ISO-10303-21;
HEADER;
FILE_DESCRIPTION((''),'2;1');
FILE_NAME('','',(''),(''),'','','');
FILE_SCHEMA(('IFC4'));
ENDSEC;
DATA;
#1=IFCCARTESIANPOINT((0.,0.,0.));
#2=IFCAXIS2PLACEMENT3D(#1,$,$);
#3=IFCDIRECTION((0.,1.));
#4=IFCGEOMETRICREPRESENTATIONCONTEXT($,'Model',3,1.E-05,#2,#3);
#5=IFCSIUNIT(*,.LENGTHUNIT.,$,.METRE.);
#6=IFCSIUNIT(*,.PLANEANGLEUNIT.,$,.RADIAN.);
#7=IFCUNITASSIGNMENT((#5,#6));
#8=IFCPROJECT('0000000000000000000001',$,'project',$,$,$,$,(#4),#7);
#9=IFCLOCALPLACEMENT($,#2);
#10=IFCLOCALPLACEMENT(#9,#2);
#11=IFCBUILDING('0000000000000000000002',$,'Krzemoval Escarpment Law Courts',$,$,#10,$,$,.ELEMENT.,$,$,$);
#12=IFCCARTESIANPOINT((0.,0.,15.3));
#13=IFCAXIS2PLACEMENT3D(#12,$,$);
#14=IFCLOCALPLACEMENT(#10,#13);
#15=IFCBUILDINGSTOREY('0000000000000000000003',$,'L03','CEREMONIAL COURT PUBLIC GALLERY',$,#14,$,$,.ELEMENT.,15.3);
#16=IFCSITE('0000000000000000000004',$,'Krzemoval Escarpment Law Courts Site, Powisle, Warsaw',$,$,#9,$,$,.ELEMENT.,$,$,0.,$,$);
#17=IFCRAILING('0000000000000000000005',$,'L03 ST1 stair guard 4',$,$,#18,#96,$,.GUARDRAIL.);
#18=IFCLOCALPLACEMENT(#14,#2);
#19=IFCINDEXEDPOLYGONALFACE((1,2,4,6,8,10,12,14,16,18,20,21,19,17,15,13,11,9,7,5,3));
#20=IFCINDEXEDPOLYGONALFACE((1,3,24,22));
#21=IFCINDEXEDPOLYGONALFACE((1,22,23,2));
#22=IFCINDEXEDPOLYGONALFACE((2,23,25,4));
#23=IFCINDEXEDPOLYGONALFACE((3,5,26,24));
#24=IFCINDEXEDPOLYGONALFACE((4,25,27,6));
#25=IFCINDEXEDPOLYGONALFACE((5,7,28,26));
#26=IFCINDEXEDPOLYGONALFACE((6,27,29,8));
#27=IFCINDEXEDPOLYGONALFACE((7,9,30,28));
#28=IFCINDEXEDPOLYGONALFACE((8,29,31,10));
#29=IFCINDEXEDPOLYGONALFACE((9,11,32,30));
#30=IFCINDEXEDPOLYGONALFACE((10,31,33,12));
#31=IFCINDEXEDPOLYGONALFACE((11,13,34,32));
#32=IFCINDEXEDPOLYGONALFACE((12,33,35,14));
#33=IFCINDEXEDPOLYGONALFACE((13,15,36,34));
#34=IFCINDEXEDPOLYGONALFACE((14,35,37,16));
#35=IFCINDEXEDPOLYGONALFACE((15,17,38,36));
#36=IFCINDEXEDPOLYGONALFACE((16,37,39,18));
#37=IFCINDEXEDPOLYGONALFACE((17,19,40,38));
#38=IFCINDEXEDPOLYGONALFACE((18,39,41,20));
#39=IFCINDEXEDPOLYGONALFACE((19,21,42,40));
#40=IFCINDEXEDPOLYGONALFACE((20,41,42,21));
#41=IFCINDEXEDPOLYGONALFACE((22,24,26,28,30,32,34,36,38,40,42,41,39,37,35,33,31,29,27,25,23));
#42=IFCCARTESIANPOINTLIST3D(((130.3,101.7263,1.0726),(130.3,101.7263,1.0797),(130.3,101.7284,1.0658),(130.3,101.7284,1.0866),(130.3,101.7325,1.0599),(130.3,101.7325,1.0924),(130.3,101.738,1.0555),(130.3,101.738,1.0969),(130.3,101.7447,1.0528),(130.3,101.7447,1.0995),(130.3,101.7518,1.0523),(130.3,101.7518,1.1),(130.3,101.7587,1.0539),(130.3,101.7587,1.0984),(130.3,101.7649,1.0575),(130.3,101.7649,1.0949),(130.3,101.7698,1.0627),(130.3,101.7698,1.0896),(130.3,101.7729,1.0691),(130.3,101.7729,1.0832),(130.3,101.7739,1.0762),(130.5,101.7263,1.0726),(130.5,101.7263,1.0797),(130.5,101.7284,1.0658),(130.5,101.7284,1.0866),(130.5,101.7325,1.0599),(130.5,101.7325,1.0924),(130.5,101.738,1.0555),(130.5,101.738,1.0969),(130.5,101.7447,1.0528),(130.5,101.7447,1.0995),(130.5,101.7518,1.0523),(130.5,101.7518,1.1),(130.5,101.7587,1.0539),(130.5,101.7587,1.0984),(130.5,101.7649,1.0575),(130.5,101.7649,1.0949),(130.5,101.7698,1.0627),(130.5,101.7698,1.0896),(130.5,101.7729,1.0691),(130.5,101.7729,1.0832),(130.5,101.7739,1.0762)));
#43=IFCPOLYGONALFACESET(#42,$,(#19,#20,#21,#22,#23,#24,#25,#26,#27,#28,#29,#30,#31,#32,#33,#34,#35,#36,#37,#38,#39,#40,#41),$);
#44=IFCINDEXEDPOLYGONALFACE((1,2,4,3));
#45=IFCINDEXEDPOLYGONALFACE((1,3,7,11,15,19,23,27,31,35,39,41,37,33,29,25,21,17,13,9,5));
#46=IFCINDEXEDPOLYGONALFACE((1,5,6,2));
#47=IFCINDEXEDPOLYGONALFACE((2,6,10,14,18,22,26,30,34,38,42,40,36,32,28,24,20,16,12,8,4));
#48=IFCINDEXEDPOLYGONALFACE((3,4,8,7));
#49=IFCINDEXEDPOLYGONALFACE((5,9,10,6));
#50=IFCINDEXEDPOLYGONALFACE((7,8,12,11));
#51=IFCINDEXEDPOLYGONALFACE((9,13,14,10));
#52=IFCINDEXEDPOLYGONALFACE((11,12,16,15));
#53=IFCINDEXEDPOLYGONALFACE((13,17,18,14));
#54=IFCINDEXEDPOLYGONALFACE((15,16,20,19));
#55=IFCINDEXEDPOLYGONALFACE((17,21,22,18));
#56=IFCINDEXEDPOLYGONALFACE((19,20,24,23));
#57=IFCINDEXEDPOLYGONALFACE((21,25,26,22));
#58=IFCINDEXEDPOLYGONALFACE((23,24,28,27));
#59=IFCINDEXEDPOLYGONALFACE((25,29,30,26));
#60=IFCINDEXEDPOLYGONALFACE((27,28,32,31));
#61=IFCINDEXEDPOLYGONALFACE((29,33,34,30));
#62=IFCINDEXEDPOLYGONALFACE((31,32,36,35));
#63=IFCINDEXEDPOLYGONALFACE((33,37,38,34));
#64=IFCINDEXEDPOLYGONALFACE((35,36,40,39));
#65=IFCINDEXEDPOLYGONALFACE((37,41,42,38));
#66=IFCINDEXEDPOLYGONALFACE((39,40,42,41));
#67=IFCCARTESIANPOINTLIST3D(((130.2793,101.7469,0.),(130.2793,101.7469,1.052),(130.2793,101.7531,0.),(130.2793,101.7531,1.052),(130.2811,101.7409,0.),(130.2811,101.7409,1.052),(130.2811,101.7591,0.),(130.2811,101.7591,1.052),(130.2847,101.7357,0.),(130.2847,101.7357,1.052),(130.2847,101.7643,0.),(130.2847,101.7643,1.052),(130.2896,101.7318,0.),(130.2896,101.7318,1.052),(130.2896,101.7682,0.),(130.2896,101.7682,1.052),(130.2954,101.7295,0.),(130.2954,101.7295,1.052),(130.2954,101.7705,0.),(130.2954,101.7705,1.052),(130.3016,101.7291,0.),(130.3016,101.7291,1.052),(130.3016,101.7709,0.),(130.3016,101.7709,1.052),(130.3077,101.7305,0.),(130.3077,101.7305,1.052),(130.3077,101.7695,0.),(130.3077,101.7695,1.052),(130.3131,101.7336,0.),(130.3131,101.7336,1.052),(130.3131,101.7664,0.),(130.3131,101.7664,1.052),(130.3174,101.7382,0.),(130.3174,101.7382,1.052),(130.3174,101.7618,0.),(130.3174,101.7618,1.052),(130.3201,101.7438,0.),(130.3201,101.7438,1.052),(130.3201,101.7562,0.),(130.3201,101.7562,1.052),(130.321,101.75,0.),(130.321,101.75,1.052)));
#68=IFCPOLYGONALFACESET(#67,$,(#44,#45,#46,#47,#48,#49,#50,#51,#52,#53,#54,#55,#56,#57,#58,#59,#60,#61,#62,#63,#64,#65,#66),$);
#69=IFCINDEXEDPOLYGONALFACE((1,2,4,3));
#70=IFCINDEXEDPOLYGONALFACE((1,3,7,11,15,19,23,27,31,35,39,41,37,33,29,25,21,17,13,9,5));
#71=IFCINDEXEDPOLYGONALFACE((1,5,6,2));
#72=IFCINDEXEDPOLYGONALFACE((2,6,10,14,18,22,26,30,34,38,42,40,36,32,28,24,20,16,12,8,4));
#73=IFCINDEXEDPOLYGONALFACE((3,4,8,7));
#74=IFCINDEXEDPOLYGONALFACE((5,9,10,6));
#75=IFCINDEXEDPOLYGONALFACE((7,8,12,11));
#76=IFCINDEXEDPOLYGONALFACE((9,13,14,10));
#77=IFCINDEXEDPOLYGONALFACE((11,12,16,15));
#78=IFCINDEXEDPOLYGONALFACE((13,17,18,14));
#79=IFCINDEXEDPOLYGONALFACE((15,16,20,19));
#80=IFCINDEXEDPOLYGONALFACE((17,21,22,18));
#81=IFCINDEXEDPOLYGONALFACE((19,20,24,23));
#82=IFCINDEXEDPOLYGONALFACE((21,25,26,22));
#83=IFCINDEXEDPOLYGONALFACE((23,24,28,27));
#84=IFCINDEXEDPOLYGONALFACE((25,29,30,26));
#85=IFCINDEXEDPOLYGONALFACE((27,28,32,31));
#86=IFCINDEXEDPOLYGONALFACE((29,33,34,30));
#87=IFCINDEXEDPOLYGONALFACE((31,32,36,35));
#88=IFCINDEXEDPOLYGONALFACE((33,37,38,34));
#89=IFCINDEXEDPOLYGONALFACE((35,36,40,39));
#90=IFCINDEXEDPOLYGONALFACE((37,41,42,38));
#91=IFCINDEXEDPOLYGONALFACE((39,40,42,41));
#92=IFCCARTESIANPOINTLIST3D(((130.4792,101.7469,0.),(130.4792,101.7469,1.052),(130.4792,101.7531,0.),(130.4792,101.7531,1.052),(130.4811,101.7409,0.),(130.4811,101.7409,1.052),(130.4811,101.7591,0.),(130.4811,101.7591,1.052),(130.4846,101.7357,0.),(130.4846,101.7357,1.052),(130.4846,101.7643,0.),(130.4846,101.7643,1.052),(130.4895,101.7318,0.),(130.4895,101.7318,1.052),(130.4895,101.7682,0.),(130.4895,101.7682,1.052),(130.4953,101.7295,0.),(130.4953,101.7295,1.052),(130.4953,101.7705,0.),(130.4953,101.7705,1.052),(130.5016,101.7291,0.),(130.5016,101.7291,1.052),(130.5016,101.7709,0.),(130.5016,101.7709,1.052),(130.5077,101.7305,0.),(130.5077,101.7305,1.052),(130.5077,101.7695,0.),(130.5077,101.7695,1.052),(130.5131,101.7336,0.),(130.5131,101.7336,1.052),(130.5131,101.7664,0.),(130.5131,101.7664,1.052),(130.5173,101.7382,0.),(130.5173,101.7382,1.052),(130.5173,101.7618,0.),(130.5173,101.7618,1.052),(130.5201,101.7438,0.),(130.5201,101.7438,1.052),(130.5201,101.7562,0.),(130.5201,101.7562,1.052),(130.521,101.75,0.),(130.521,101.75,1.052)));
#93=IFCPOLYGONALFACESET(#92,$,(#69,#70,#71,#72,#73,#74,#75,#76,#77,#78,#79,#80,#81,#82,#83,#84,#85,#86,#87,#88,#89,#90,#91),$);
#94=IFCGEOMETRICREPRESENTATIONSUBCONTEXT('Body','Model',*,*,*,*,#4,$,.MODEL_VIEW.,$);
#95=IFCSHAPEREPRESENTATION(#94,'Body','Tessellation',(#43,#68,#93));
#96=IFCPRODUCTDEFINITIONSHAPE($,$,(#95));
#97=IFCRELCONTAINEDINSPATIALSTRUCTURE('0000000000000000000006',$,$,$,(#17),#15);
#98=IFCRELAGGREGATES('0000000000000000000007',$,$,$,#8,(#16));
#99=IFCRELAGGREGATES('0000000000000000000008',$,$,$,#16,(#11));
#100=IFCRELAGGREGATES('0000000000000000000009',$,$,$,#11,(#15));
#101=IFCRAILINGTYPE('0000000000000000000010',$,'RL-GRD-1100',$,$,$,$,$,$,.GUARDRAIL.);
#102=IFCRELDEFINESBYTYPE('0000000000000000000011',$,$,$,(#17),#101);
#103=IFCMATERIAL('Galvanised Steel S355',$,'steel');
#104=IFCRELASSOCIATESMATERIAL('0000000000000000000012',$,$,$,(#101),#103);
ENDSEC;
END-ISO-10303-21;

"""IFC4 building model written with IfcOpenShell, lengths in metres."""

from ifc_helpers import new_model, si_unit, direction, frame, origin, origin_2d, place, context, subcontext, project, spatial, circle, extrude, material, type_object, element, save


model = new_model("IFC4")

# Units and contexts
model_context = context("Model", 3, precision=1e-05, world=origin(), true_north=direction((0.0, 1.0)))
body_context = subcontext(model_context, "Body", "Model", "MODEL_VIEW")
ifc_project = project(units=[si_unit("LENGTHUNIT", "METRE"), si_unit("PLANEANGLEUNIT", "RADIAN")], contexts=[model_context])

# Site, building, storey
site_placement = place(None, origin())
site = spatial("IfcSite", under=ifc_project, at=site_placement, Name="Krzemoval Escarpment Law Courts Site, Powisle, Warsaw", CompositionType="ELEMENT", RefElevation=0.0)
building_placement = place(site_placement, origin())
building = spatial("IfcBuilding", under=site, at=building_placement, Name="Krzemoval Escarpment Law Courts", CompositionType="ELEMENT")
storey_placement = place(building_placement, frame((0.0, 0.0, 15.3)))
storey = spatial("IfcBuildingStorey", under=building, at=storey_placement, Name="L03", Description="CEREMONIAL COURT PUBLIC GALLERY", CompositionType="ELEMENT", Elevation=15.3)

# Railing
ifc_material_1 = material(Name="Galvanised Steel S355", Category="steel")
railing_type = type_object("IfcRailingType", Name="RL-GRD-1100", PredefinedType="GUARDRAIL", material=ifc_material_1)
railing_1_placement = place(storey_placement, frame((130.3, 101.75, 0.0)))
element("IfcRailing", 1, at=railing_1_placement, inside=storey, type_object=railing_type, Name="L03 ST1 stair guard 4", PredefinedType="GUARDRAIL", context=body_context, shape_type="SweptSolid", body=[
    extrude(circle(Radius=0.0239, at=origin_2d()), frame((0.0, 0.0, 1.0762), z_axis=(1.0, 0.0, 0.0), x_axis=(0.0, 1.0, 0.0)), (0.0, 0.0, 1.0), 0.2),
    extrude(circle(Radius=0.021, at=origin_2d()), origin(), (0.0, 0.0, 1.0), 1.052),
    extrude(circle(Radius=0.021, at=origin_2d()), frame((0.2, 0.0, 0.0)), (0.0, 0.0, 1.0), 1.052),
])

save(model, "model.ifc")
